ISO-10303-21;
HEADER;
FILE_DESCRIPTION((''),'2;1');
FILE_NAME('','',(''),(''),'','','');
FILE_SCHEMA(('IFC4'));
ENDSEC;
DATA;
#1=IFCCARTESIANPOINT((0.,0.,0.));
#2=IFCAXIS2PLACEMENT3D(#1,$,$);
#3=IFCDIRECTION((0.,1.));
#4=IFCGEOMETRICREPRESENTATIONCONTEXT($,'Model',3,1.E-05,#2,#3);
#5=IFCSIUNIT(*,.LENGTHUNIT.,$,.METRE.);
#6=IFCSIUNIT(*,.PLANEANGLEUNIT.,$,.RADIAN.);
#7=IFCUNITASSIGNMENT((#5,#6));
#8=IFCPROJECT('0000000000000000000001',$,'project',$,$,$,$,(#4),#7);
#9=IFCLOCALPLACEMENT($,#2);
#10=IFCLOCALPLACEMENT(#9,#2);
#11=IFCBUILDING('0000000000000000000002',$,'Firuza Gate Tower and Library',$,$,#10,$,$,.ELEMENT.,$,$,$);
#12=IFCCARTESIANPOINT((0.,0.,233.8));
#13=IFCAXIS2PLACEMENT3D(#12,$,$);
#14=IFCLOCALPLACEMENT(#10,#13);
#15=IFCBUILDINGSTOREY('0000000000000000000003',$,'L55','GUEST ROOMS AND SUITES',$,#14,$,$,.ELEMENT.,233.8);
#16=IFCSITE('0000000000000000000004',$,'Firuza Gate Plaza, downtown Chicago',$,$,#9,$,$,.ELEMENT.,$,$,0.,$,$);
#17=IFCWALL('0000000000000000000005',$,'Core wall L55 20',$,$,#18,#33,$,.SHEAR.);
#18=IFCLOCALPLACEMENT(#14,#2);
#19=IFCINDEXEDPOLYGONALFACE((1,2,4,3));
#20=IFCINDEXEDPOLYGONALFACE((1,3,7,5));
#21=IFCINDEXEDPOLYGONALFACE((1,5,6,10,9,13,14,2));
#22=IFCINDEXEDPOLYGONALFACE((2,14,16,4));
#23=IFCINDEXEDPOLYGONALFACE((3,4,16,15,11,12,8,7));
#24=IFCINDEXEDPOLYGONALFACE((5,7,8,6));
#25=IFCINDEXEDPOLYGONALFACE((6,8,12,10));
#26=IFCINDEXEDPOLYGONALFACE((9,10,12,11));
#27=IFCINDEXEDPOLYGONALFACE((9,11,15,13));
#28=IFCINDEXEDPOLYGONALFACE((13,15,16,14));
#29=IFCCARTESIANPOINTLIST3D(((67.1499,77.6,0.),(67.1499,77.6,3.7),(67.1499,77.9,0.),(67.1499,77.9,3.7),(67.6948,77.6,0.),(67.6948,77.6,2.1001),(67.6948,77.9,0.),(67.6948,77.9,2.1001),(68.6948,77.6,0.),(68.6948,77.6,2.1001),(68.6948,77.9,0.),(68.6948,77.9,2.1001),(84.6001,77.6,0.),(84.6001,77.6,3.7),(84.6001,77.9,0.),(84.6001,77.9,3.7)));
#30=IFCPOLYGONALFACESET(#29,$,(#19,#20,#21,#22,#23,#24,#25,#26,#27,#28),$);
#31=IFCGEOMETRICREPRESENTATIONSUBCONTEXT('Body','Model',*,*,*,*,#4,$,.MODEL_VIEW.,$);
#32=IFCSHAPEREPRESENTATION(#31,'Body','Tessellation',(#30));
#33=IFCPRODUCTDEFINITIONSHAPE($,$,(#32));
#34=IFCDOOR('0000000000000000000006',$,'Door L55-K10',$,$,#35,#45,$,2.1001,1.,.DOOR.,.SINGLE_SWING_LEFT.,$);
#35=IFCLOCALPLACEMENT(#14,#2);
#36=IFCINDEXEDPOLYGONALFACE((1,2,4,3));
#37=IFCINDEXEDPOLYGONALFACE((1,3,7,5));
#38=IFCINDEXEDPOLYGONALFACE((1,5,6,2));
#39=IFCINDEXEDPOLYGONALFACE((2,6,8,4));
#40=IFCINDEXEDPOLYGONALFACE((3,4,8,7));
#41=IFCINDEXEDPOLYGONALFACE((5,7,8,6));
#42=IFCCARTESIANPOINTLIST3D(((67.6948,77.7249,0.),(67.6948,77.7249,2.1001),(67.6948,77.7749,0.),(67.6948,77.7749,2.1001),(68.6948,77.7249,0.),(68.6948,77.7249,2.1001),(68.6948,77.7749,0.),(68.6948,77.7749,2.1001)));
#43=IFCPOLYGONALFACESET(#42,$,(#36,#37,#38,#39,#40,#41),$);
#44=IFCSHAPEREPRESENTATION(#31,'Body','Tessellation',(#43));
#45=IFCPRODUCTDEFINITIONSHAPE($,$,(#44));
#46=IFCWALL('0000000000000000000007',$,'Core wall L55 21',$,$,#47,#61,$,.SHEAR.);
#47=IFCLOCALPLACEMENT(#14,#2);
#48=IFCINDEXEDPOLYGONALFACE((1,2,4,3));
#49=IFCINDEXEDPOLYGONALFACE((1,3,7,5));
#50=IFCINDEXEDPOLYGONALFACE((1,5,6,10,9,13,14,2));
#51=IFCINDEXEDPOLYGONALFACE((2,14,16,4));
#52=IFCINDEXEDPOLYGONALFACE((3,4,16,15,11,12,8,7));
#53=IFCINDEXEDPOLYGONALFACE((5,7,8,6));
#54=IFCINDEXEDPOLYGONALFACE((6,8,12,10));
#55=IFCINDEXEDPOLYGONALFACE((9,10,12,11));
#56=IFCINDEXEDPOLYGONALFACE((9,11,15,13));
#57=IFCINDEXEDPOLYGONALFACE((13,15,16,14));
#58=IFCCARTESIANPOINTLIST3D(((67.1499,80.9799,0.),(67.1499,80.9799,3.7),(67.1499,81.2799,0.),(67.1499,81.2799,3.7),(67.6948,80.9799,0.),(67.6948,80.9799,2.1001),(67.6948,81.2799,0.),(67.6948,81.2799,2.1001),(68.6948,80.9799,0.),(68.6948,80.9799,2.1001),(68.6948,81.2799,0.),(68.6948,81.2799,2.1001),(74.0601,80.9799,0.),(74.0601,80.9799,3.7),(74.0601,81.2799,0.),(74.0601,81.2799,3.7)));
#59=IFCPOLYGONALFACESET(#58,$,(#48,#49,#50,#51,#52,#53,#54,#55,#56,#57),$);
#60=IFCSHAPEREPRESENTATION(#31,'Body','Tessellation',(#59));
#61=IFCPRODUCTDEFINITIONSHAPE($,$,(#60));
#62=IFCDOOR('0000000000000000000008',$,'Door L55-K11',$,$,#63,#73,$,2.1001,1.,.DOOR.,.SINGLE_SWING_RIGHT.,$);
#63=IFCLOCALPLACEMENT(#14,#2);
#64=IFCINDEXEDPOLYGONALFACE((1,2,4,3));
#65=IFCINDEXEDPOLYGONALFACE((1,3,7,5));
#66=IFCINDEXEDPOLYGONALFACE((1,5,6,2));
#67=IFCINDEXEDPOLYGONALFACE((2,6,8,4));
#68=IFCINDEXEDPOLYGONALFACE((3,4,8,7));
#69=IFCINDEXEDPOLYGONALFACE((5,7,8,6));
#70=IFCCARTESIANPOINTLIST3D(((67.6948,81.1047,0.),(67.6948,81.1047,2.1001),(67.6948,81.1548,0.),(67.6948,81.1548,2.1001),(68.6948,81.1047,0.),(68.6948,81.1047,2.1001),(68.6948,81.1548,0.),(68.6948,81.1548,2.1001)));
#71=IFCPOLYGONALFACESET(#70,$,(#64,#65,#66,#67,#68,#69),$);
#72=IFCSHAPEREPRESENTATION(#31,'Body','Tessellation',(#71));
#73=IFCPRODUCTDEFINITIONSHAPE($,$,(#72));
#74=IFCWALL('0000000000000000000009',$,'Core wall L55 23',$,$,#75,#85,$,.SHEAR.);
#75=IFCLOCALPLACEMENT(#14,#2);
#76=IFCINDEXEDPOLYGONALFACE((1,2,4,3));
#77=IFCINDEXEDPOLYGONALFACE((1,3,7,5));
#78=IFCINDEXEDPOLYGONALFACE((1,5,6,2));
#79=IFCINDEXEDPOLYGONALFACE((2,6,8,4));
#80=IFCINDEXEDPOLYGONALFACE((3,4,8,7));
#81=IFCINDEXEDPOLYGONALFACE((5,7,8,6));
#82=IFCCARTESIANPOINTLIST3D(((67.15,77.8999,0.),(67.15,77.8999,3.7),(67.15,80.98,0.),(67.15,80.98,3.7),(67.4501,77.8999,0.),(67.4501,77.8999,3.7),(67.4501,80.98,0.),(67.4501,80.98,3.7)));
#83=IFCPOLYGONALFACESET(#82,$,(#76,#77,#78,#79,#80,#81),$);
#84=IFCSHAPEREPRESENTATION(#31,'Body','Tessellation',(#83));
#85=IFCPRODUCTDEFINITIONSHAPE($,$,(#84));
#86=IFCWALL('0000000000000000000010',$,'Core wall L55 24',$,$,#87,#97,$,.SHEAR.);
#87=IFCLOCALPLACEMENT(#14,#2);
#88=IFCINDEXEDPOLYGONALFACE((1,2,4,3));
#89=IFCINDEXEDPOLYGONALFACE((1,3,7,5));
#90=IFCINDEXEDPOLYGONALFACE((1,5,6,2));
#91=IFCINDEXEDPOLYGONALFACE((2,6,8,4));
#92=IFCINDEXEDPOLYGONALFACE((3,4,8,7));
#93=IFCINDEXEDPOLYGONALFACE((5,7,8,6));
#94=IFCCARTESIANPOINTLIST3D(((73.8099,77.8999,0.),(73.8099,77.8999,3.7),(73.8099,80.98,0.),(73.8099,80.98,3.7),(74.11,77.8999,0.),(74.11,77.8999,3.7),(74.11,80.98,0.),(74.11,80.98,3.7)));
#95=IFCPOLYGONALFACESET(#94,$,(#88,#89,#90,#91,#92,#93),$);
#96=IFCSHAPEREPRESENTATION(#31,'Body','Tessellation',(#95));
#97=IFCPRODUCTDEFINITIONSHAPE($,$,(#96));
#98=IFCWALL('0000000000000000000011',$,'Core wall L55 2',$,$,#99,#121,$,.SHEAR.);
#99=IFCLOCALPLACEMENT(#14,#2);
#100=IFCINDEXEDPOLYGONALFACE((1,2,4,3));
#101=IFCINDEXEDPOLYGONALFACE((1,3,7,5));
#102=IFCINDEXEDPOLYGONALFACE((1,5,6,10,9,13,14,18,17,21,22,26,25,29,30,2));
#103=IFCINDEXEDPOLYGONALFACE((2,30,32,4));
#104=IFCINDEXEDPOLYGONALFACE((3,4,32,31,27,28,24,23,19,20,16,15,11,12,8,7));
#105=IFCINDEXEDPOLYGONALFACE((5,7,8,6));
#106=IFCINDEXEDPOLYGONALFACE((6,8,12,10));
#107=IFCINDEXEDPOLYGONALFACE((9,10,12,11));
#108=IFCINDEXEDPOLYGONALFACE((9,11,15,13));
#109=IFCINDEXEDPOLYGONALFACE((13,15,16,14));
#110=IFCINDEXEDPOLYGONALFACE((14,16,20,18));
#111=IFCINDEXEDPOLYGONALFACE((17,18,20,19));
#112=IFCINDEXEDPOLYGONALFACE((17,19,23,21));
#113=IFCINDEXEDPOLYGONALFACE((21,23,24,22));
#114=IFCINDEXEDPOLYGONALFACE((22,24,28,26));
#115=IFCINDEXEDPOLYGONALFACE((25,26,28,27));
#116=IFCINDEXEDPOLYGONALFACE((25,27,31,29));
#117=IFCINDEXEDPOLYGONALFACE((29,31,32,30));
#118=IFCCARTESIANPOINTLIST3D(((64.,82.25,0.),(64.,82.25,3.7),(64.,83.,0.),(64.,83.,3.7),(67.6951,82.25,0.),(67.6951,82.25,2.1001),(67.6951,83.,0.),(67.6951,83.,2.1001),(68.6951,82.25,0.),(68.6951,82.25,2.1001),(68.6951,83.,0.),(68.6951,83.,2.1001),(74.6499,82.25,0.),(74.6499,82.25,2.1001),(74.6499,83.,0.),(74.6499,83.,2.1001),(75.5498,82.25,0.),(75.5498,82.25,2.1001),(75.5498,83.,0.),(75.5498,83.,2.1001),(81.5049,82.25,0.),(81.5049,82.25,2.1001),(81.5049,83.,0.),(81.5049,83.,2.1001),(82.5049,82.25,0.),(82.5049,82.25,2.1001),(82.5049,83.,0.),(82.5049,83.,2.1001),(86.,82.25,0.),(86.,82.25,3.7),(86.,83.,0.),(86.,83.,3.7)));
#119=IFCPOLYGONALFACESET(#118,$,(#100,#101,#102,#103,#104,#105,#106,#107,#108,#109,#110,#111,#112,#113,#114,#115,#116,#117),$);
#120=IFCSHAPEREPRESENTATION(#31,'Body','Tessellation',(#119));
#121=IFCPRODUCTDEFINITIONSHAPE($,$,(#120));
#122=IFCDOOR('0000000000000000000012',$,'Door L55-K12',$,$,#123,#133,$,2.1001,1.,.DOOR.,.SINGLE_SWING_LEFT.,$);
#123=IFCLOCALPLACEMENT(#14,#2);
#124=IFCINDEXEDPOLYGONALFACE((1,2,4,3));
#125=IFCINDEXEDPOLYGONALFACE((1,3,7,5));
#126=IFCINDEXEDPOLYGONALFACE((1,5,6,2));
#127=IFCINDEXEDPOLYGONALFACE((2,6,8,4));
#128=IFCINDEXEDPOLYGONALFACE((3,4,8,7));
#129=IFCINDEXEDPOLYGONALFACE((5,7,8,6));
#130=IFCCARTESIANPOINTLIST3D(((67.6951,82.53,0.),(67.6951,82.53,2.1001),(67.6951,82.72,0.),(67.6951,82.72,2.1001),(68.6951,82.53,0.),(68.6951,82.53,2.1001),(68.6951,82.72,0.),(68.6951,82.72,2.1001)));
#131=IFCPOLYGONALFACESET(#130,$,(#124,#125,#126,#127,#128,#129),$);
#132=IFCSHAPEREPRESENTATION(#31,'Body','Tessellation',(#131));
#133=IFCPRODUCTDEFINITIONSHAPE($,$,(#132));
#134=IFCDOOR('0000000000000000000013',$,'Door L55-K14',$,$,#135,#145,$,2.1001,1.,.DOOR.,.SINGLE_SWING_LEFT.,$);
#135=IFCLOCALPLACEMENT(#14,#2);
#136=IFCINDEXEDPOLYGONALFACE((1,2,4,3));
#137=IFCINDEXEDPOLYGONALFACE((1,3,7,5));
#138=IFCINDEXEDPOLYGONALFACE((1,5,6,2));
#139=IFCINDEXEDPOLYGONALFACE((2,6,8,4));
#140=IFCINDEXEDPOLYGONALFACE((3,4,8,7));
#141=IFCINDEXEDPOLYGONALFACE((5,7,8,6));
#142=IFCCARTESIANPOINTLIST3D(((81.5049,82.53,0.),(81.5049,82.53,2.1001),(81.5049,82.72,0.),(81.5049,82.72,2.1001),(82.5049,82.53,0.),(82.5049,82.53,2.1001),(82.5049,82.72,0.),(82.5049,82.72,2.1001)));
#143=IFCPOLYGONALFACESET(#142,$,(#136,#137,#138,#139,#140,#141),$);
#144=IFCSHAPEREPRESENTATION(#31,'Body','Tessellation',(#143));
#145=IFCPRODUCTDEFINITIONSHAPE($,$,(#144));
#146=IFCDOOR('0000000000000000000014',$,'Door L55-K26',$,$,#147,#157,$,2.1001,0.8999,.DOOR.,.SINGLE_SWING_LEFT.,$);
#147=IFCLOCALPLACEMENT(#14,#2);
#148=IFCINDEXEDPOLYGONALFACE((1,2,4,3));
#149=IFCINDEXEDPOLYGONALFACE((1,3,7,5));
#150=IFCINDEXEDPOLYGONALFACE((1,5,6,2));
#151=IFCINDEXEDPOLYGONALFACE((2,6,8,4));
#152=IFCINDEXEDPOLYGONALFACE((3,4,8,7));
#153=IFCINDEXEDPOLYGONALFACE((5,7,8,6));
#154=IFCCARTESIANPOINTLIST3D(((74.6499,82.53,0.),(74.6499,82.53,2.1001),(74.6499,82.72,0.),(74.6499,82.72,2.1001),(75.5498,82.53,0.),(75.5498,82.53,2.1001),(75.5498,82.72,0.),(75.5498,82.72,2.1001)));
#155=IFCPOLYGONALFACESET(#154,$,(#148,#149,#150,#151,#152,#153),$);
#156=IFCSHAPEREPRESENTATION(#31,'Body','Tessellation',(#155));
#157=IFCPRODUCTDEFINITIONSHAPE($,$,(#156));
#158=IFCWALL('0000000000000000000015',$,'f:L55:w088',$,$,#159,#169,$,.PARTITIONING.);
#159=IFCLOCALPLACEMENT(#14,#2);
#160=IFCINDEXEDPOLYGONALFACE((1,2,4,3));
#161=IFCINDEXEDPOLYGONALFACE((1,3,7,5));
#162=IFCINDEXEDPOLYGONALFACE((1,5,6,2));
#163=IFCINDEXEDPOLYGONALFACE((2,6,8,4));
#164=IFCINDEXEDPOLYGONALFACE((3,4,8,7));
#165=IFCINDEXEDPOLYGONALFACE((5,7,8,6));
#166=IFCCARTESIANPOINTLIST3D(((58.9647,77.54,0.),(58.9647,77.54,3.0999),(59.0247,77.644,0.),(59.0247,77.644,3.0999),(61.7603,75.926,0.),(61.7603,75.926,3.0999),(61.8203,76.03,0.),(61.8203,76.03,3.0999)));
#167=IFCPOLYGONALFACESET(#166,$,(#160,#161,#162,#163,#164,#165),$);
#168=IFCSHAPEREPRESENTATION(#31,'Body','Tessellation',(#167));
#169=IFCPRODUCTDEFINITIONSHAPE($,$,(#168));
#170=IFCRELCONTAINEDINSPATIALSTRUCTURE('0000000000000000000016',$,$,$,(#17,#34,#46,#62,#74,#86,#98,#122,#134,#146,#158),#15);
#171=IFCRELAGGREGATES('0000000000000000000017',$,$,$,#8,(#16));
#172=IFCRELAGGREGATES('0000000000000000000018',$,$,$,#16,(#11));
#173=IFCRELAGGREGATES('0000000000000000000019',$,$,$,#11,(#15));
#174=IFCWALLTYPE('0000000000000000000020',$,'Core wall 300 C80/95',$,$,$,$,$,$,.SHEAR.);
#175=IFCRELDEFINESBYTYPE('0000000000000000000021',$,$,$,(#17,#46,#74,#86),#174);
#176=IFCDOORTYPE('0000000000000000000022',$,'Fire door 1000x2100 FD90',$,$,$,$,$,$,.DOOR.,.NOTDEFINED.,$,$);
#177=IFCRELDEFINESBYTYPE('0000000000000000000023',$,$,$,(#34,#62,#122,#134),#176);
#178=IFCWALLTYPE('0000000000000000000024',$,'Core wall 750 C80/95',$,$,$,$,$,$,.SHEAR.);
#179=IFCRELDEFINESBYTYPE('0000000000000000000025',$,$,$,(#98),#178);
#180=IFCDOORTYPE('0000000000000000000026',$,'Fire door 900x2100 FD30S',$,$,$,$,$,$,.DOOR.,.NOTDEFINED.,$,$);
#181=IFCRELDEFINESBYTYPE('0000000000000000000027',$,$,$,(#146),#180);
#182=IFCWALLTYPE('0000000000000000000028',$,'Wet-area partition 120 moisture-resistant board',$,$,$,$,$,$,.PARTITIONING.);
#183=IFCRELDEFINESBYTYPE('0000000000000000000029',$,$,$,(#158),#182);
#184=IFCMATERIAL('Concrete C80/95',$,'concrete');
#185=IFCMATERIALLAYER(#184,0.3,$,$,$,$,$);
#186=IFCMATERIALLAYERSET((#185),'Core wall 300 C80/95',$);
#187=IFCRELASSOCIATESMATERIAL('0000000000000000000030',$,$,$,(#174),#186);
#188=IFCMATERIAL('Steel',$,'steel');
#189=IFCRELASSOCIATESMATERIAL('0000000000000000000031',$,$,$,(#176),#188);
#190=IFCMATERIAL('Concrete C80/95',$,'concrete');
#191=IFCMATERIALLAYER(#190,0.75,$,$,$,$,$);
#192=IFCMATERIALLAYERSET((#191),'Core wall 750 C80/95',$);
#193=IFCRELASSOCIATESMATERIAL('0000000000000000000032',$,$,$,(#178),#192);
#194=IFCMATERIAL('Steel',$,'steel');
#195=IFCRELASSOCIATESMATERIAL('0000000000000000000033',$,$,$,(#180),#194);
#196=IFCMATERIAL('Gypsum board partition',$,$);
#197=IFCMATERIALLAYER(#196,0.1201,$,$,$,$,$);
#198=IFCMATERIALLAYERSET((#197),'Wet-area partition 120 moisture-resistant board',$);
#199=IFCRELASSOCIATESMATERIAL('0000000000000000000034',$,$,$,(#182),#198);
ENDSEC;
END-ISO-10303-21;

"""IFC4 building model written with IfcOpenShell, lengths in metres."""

from ifc_helpers import new_model, si_unit, direction, frame, frame_2d, origin, place, context, subcontext, project, spatial, rectangle, extrude, material, layer, layer_set, type_object, element, fill, save


model = new_model("IFC4")

# Units and contexts
model_context = context("Model", 3, precision=1e-05, world=origin(), true_north=direction((0.0, 1.0)))
body_context = subcontext(model_context, "Body", "Model", "MODEL_VIEW")
ifc_project = project(units=[si_unit("LENGTHUNIT", "METRE"), si_unit("PLANEANGLEUNIT", "RADIAN")], contexts=[model_context])

# Site, building, storey
site_placement = place(None, origin())
site = spatial("IfcSite", under=ifc_project, at=site_placement, Name="Firuza Gate Plaza, downtown Chicago", CompositionType="ELEMENT", RefElevation=0.0)
building_placement = place(site_placement, origin())
building = spatial("IfcBuilding", under=site, at=building_placement, Name="Firuza Gate Tower and Library", CompositionType="ELEMENT")
storey_placement = place(building_placement, frame((0.0, 0.0, 233.8)))
storey = spatial("IfcBuildingStorey", under=building, at=storey_placement, Name="L55", Description="GUEST ROOMS AND SUITES", CompositionType="ELEMENT", Elevation=233.8)

# Shared definitions
ifc_material_1 = material(Name="Concrete C80/95", Category="concrete")
ifc_layer_1 = layer(ifc_material_1, 0.3)
ifc_layer_set_1 = layer_set([ifc_layer_1], Name="Core wall 300 C80/95")
wall_type_1 = type_object("IfcWallType", Name="Core wall 300 C80/95", PredefinedType="SHEAR", material=ifc_layer_set_1)

# Walls, openings, doors
wall_1_placement = place(storey_placement, frame((67.1499, 77.75, 0.0), z_axis=(0.0, 0.0, 1.0), x_axis=(1.0, 0.0, 0.0)))
wall_1 = element("IfcWall", 1, at=wall_1_placement, inside=storey, type_object=wall_type_1, Name="Core wall L55 20", PredefinedType="SHEAR", context=body_context, shape_type="SweptSolid", body=[
    extrude(rectangle(XDim=17.4502, YDim=0.3, at=frame_2d((8.7251, 0.0))), origin(), (0.0, 0.0, 1.0), 3.7),
])
opening_1_placement = place(wall_1_placement, frame((0.5449, 0.0, 0.0)))
opening_1 = element("IfcOpeningElement", 2, at=opening_1_placement, cuts=wall_1, PredefinedType="OPENING", context=body_context, shape_type="SweptSolid", body=[
    extrude(rectangle(XDim=1.0, YDim=2.1001, at=frame_2d((0.5, 1.05))), frame((0.0, 0.1602, 0.0), z_axis=(0.0, -1.0, 0.0), x_axis=(1.0, 0.0, 0.0)), (0.0, 0.0, 1.0), 0.3201),
])
ifc_material_2 = material(Name="Steel", Category="steel")
door_type_1 = type_object("IfcDoorType", Name="Fire door 1000x2100 FD90", OperationType="NOTDEFINED", PredefinedType="DOOR", material=ifc_material_2)
door_1_placement = place(opening_1_placement, origin())
door_1 = element("IfcDoor", 3, at=door_1_placement, inside=storey, type_object=door_type_1, Name="Door L55-K10", OperationType="SINGLE_SWING_LEFT", OverallHeight=2.1001, OverallWidth=1.0, PredefinedType="DOOR", context=body_context, shape_type="SweptSolid", body=[
    extrude(rectangle(XDim=1.0, YDim=2.1001, at=frame_2d((0.5, 1.05))), frame((0.0, 0.0249, 0.0), z_axis=(0.0, -1.0, 0.0), x_axis=(1.0, 0.0, 0.0)), (0.0, 0.0, 1.0), 0.05),
])
fill(opening_1, door_1)
wall_2_placement = place(storey_placement, frame((67.1499, 81.1299, 0.0), z_axis=(0.0, 0.0, 1.0), x_axis=(1.0, 0.0, 0.0)))
wall_2 = element("IfcWall", 4, at=wall_2_placement, inside=storey, type_object=wall_type_1, Name="Core wall L55 21", PredefinedType="SHEAR", context=body_context, shape_type="SweptSolid", body=[
    extrude(rectangle(XDim=6.9102, YDim=0.3, at=frame_2d((3.4551, 0.0))), origin(), (0.0, 0.0, 1.0), 3.7),
])
opening_2_placement = place(wall_2_placement, frame((0.5449, 0.0, 0.0)))
opening_2 = element("IfcOpeningElement", 5, at=opening_2_placement, cuts=wall_2, PredefinedType="OPENING", context=body_context, shape_type="SweptSolid", body=[
    extrude(rectangle(XDim=1.0, YDim=2.1001, at=frame_2d((0.5, 1.05))), frame((0.0, 0.1602, 0.0), z_axis=(0.0, -1.0, 0.0), x_axis=(1.0, 0.0, 0.0)), (0.0, 0.0, 1.0), 0.3201),
])
door_2_placement = place(opening_2_placement, origin())
door_2 = element("IfcDoor", 6, at=door_2_placement, inside=storey, type_object=door_type_1, Name="Door L55-K11", OperationType="SINGLE_SWING_RIGHT", OverallHeight=2.1001, OverallWidth=1.0, PredefinedType="DOOR", context=body_context, shape_type="SweptSolid", body=[
    extrude(rectangle(XDim=1.0, YDim=2.1001, at=frame_2d((0.5, 1.05))), frame((0.0, 0.0249, 0.0), z_axis=(0.0, -1.0, 0.0), x_axis=(1.0, 0.0, 0.0)), (0.0, 0.0, 1.0), 0.05),
])
fill(opening_2, door_2)

# Walls
for number, where, z_axis, x_axis, name in (
    (7, (67.3, 77.8999, 0.0), (0.0, 0.0, 1.0), (0.0, 1.0, 0.0), "Core wall L55 23"),
    (8, (73.96, 77.8999, 0.0), (0.0, 0.0, 1.0), (0.0, 1.0, 0.0), "Core wall L55 24"),
):
    element("IfcWall", number, at=place(storey_placement, frame(where, z_axis=z_axis, x_axis=x_axis)), inside=storey, type_object=wall_type_1, Name=name, PredefinedType="SHEAR", context=body_context, shape_type="SweptSolid", body=[
        extrude(rectangle(XDim=3.0801, YDim=0.3, at=frame_2d((1.54, 0.0))), origin(), (0.0, 0.0, 1.0), 3.7),
    ])

# Wall, openings, doors
ifc_material_3 = material(Name="Concrete C80/95", Category="concrete")
ifc_layer_2 = layer(ifc_material_3, 0.75)
ifc_layer_set_2 = layer_set([ifc_layer_2], Name="Core wall 750 C80/95")
wall_type_2 = type_object("IfcWallType", Name="Core wall 750 C80/95", PredefinedType="SHEAR", material=ifc_layer_set_2)
wall_3_placement = place(storey_placement, frame((64.0, 82.625, 0.0), z_axis=(0.0, 0.0, 1.0), x_axis=(1.0, 0.0, 0.0)))
wall_3 = element("IfcWall", 9, at=wall_3_placement, inside=storey, type_object=wall_type_2, Name="Core wall L55 2", PredefinedType="SHEAR", context=body_context, shape_type="SweptSolid", body=[
    extrude(rectangle(XDim=22.0, YDim=0.75, at=frame_2d((11.0, 0.0))), origin(), (0.0, 0.0, 1.0), 3.7),
])
opening_3_placement = place(wall_3_placement, frame((3.6951, 0.0, 0.0)))
opening_3 = element("IfcOpeningElement", 10, at=opening_3_placement, cuts=wall_3, PredefinedType="OPENING", context=body_context, shape_type="SweptSolid", body=[
    extrude(rectangle(XDim=1.0, YDim=2.1001, at=frame_2d((0.5, 1.05))), frame((0.0, 0.385, 0.0), z_axis=(0.0, -1.0, 0.0), x_axis=(1.0, 0.0, 0.0)), (0.0, 0.0, 1.0), 0.77),
])
opening_4_placement = place(wall_3_placement, frame((17.5049, 0.0, 0.0)))
opening_4 = element("IfcOpeningElement", 11, at=opening_4_placement, cuts=wall_3, PredefinedType="OPENING", context=body_context, shape_type="SweptSolid", body=[
    extrude(rectangle(XDim=1.0, YDim=2.1001, at=frame_2d((0.5, 1.05))), frame((0.0, 0.385, 0.0), z_axis=(0.0, -1.0, 0.0), x_axis=(1.0, 0.0, 0.0)), (0.0, 0.0, 1.0), 0.77),
])
opening_5_placement = place(wall_3_placement, frame((10.6499, 0.0, 0.0)))
opening_5 = element("IfcOpeningElement", 12, at=opening_5_placement, cuts=wall_3, PredefinedType="OPENING", context=body_context, shape_type="SweptSolid", body=[
    extrude(rectangle(XDim=0.8999, YDim=2.1001, at=frame_2d((0.45, 1.05))), frame((0.0, 0.385, 0.0), z_axis=(0.0, -1.0, 0.0), x_axis=(1.0, 0.0, 0.0)), (0.0, 0.0, 1.0), 0.77),
])
door_3_placement = place(opening_3_placement, origin())
door_3 = element("IfcDoor", 13, at=door_3_placement, inside=storey, type_object=door_type_1, Name="Door L55-K12", OperationType="SINGLE_SWING_LEFT", OverallHeight=2.1001, OverallWidth=1.0, PredefinedType="DOOR", context=body_context, shape_type="SweptSolid", body=[
    extrude(rectangle(XDim=1.0, YDim=2.1001, at=frame_2d((0.5, 1.05))), frame((0.0, 0.095, 0.0), z_axis=(0.0, -1.0, 0.0), x_axis=(1.0, 0.0, 0.0)), (0.0, 0.0, 1.0), 0.1899),
])
fill(opening_3, door_3)
door_4_placement = place(opening_4_placement, origin())
door_4 = element("IfcDoor", 14, at=door_4_placement, inside=storey, type_object=door_type_1, Name="Door L55-K14", OperationType="SINGLE_SWING_LEFT", OverallHeight=2.1001, OverallWidth=1.0, PredefinedType="DOOR", context=body_context, shape_type="SweptSolid", body=[
    extrude(rectangle(XDim=1.0, YDim=2.1001, at=frame_2d((0.5, 1.05))), frame((0.0, 0.095, 0.0), z_axis=(0.0, -1.0, 0.0), x_axis=(1.0, 0.0, 0.0)), (0.0, 0.0, 1.0), 0.1899),
])
fill(opening_4, door_4)
ifc_material_4 = material(Name="Steel", Category="steel")
door_type_2 = type_object("IfcDoorType", Name="Fire door 900x2100 FD30S", OperationType="NOTDEFINED", PredefinedType="DOOR", material=ifc_material_4)
door_5_placement = place(opening_5_placement, origin())
door_5 = element("IfcDoor", 15, at=door_5_placement, inside=storey, type_object=door_type_2, Name="Door L55-K26", OperationType="SINGLE_SWING_LEFT", OverallHeight=2.1001, OverallWidth=0.8999, PredefinedType="DOOR", context=body_context, shape_type="SweptSolid", body=[
    extrude(rectangle(XDim=0.8999, YDim=2.1001, at=frame_2d((0.45, 1.05))), frame((0.0, 0.095, 0.0), z_axis=(0.0, -1.0, 0.0), x_axis=(1.0, 0.0, 0.0)), (0.0, 0.0, 1.0), 0.1899),
])
fill(opening_5, door_5)

# Wall
ifc_material_5 = material(Name="Gypsum board partition")
ifc_layer_3 = layer(ifc_material_5, 0.1201)
ifc_layer_set_3 = layer_set([ifc_layer_3], Name="Wet-area partition 120 moisture-resistant board")
wall_type_3 = type_object("IfcWallType", Name="Wet-area partition 120 moisture-resistant board", PredefinedType="PARTITIONING", material=ifc_layer_set_3)
wall_4_placement = place(storey_placement, frame((61.7903, 75.978, 0.0), z_axis=(0.0, 0.0, 1.0), x_axis=(-0.866033, 0.499987, 0.0)))
element("IfcWall", 16, at=wall_4_placement, inside=storey, type_object=wall_type_3, Name="f:L55:w088", PredefinedType="PARTITIONING", context=body_context, shape_type="SweptSolid", body=[
    extrude(rectangle(XDim=3.228, YDim=0.1201, at=frame_2d((1.614, 0.0))), origin(), (0.0, 0.0, 1.0), 3.0999),
])

save(model, "model.ifc")
